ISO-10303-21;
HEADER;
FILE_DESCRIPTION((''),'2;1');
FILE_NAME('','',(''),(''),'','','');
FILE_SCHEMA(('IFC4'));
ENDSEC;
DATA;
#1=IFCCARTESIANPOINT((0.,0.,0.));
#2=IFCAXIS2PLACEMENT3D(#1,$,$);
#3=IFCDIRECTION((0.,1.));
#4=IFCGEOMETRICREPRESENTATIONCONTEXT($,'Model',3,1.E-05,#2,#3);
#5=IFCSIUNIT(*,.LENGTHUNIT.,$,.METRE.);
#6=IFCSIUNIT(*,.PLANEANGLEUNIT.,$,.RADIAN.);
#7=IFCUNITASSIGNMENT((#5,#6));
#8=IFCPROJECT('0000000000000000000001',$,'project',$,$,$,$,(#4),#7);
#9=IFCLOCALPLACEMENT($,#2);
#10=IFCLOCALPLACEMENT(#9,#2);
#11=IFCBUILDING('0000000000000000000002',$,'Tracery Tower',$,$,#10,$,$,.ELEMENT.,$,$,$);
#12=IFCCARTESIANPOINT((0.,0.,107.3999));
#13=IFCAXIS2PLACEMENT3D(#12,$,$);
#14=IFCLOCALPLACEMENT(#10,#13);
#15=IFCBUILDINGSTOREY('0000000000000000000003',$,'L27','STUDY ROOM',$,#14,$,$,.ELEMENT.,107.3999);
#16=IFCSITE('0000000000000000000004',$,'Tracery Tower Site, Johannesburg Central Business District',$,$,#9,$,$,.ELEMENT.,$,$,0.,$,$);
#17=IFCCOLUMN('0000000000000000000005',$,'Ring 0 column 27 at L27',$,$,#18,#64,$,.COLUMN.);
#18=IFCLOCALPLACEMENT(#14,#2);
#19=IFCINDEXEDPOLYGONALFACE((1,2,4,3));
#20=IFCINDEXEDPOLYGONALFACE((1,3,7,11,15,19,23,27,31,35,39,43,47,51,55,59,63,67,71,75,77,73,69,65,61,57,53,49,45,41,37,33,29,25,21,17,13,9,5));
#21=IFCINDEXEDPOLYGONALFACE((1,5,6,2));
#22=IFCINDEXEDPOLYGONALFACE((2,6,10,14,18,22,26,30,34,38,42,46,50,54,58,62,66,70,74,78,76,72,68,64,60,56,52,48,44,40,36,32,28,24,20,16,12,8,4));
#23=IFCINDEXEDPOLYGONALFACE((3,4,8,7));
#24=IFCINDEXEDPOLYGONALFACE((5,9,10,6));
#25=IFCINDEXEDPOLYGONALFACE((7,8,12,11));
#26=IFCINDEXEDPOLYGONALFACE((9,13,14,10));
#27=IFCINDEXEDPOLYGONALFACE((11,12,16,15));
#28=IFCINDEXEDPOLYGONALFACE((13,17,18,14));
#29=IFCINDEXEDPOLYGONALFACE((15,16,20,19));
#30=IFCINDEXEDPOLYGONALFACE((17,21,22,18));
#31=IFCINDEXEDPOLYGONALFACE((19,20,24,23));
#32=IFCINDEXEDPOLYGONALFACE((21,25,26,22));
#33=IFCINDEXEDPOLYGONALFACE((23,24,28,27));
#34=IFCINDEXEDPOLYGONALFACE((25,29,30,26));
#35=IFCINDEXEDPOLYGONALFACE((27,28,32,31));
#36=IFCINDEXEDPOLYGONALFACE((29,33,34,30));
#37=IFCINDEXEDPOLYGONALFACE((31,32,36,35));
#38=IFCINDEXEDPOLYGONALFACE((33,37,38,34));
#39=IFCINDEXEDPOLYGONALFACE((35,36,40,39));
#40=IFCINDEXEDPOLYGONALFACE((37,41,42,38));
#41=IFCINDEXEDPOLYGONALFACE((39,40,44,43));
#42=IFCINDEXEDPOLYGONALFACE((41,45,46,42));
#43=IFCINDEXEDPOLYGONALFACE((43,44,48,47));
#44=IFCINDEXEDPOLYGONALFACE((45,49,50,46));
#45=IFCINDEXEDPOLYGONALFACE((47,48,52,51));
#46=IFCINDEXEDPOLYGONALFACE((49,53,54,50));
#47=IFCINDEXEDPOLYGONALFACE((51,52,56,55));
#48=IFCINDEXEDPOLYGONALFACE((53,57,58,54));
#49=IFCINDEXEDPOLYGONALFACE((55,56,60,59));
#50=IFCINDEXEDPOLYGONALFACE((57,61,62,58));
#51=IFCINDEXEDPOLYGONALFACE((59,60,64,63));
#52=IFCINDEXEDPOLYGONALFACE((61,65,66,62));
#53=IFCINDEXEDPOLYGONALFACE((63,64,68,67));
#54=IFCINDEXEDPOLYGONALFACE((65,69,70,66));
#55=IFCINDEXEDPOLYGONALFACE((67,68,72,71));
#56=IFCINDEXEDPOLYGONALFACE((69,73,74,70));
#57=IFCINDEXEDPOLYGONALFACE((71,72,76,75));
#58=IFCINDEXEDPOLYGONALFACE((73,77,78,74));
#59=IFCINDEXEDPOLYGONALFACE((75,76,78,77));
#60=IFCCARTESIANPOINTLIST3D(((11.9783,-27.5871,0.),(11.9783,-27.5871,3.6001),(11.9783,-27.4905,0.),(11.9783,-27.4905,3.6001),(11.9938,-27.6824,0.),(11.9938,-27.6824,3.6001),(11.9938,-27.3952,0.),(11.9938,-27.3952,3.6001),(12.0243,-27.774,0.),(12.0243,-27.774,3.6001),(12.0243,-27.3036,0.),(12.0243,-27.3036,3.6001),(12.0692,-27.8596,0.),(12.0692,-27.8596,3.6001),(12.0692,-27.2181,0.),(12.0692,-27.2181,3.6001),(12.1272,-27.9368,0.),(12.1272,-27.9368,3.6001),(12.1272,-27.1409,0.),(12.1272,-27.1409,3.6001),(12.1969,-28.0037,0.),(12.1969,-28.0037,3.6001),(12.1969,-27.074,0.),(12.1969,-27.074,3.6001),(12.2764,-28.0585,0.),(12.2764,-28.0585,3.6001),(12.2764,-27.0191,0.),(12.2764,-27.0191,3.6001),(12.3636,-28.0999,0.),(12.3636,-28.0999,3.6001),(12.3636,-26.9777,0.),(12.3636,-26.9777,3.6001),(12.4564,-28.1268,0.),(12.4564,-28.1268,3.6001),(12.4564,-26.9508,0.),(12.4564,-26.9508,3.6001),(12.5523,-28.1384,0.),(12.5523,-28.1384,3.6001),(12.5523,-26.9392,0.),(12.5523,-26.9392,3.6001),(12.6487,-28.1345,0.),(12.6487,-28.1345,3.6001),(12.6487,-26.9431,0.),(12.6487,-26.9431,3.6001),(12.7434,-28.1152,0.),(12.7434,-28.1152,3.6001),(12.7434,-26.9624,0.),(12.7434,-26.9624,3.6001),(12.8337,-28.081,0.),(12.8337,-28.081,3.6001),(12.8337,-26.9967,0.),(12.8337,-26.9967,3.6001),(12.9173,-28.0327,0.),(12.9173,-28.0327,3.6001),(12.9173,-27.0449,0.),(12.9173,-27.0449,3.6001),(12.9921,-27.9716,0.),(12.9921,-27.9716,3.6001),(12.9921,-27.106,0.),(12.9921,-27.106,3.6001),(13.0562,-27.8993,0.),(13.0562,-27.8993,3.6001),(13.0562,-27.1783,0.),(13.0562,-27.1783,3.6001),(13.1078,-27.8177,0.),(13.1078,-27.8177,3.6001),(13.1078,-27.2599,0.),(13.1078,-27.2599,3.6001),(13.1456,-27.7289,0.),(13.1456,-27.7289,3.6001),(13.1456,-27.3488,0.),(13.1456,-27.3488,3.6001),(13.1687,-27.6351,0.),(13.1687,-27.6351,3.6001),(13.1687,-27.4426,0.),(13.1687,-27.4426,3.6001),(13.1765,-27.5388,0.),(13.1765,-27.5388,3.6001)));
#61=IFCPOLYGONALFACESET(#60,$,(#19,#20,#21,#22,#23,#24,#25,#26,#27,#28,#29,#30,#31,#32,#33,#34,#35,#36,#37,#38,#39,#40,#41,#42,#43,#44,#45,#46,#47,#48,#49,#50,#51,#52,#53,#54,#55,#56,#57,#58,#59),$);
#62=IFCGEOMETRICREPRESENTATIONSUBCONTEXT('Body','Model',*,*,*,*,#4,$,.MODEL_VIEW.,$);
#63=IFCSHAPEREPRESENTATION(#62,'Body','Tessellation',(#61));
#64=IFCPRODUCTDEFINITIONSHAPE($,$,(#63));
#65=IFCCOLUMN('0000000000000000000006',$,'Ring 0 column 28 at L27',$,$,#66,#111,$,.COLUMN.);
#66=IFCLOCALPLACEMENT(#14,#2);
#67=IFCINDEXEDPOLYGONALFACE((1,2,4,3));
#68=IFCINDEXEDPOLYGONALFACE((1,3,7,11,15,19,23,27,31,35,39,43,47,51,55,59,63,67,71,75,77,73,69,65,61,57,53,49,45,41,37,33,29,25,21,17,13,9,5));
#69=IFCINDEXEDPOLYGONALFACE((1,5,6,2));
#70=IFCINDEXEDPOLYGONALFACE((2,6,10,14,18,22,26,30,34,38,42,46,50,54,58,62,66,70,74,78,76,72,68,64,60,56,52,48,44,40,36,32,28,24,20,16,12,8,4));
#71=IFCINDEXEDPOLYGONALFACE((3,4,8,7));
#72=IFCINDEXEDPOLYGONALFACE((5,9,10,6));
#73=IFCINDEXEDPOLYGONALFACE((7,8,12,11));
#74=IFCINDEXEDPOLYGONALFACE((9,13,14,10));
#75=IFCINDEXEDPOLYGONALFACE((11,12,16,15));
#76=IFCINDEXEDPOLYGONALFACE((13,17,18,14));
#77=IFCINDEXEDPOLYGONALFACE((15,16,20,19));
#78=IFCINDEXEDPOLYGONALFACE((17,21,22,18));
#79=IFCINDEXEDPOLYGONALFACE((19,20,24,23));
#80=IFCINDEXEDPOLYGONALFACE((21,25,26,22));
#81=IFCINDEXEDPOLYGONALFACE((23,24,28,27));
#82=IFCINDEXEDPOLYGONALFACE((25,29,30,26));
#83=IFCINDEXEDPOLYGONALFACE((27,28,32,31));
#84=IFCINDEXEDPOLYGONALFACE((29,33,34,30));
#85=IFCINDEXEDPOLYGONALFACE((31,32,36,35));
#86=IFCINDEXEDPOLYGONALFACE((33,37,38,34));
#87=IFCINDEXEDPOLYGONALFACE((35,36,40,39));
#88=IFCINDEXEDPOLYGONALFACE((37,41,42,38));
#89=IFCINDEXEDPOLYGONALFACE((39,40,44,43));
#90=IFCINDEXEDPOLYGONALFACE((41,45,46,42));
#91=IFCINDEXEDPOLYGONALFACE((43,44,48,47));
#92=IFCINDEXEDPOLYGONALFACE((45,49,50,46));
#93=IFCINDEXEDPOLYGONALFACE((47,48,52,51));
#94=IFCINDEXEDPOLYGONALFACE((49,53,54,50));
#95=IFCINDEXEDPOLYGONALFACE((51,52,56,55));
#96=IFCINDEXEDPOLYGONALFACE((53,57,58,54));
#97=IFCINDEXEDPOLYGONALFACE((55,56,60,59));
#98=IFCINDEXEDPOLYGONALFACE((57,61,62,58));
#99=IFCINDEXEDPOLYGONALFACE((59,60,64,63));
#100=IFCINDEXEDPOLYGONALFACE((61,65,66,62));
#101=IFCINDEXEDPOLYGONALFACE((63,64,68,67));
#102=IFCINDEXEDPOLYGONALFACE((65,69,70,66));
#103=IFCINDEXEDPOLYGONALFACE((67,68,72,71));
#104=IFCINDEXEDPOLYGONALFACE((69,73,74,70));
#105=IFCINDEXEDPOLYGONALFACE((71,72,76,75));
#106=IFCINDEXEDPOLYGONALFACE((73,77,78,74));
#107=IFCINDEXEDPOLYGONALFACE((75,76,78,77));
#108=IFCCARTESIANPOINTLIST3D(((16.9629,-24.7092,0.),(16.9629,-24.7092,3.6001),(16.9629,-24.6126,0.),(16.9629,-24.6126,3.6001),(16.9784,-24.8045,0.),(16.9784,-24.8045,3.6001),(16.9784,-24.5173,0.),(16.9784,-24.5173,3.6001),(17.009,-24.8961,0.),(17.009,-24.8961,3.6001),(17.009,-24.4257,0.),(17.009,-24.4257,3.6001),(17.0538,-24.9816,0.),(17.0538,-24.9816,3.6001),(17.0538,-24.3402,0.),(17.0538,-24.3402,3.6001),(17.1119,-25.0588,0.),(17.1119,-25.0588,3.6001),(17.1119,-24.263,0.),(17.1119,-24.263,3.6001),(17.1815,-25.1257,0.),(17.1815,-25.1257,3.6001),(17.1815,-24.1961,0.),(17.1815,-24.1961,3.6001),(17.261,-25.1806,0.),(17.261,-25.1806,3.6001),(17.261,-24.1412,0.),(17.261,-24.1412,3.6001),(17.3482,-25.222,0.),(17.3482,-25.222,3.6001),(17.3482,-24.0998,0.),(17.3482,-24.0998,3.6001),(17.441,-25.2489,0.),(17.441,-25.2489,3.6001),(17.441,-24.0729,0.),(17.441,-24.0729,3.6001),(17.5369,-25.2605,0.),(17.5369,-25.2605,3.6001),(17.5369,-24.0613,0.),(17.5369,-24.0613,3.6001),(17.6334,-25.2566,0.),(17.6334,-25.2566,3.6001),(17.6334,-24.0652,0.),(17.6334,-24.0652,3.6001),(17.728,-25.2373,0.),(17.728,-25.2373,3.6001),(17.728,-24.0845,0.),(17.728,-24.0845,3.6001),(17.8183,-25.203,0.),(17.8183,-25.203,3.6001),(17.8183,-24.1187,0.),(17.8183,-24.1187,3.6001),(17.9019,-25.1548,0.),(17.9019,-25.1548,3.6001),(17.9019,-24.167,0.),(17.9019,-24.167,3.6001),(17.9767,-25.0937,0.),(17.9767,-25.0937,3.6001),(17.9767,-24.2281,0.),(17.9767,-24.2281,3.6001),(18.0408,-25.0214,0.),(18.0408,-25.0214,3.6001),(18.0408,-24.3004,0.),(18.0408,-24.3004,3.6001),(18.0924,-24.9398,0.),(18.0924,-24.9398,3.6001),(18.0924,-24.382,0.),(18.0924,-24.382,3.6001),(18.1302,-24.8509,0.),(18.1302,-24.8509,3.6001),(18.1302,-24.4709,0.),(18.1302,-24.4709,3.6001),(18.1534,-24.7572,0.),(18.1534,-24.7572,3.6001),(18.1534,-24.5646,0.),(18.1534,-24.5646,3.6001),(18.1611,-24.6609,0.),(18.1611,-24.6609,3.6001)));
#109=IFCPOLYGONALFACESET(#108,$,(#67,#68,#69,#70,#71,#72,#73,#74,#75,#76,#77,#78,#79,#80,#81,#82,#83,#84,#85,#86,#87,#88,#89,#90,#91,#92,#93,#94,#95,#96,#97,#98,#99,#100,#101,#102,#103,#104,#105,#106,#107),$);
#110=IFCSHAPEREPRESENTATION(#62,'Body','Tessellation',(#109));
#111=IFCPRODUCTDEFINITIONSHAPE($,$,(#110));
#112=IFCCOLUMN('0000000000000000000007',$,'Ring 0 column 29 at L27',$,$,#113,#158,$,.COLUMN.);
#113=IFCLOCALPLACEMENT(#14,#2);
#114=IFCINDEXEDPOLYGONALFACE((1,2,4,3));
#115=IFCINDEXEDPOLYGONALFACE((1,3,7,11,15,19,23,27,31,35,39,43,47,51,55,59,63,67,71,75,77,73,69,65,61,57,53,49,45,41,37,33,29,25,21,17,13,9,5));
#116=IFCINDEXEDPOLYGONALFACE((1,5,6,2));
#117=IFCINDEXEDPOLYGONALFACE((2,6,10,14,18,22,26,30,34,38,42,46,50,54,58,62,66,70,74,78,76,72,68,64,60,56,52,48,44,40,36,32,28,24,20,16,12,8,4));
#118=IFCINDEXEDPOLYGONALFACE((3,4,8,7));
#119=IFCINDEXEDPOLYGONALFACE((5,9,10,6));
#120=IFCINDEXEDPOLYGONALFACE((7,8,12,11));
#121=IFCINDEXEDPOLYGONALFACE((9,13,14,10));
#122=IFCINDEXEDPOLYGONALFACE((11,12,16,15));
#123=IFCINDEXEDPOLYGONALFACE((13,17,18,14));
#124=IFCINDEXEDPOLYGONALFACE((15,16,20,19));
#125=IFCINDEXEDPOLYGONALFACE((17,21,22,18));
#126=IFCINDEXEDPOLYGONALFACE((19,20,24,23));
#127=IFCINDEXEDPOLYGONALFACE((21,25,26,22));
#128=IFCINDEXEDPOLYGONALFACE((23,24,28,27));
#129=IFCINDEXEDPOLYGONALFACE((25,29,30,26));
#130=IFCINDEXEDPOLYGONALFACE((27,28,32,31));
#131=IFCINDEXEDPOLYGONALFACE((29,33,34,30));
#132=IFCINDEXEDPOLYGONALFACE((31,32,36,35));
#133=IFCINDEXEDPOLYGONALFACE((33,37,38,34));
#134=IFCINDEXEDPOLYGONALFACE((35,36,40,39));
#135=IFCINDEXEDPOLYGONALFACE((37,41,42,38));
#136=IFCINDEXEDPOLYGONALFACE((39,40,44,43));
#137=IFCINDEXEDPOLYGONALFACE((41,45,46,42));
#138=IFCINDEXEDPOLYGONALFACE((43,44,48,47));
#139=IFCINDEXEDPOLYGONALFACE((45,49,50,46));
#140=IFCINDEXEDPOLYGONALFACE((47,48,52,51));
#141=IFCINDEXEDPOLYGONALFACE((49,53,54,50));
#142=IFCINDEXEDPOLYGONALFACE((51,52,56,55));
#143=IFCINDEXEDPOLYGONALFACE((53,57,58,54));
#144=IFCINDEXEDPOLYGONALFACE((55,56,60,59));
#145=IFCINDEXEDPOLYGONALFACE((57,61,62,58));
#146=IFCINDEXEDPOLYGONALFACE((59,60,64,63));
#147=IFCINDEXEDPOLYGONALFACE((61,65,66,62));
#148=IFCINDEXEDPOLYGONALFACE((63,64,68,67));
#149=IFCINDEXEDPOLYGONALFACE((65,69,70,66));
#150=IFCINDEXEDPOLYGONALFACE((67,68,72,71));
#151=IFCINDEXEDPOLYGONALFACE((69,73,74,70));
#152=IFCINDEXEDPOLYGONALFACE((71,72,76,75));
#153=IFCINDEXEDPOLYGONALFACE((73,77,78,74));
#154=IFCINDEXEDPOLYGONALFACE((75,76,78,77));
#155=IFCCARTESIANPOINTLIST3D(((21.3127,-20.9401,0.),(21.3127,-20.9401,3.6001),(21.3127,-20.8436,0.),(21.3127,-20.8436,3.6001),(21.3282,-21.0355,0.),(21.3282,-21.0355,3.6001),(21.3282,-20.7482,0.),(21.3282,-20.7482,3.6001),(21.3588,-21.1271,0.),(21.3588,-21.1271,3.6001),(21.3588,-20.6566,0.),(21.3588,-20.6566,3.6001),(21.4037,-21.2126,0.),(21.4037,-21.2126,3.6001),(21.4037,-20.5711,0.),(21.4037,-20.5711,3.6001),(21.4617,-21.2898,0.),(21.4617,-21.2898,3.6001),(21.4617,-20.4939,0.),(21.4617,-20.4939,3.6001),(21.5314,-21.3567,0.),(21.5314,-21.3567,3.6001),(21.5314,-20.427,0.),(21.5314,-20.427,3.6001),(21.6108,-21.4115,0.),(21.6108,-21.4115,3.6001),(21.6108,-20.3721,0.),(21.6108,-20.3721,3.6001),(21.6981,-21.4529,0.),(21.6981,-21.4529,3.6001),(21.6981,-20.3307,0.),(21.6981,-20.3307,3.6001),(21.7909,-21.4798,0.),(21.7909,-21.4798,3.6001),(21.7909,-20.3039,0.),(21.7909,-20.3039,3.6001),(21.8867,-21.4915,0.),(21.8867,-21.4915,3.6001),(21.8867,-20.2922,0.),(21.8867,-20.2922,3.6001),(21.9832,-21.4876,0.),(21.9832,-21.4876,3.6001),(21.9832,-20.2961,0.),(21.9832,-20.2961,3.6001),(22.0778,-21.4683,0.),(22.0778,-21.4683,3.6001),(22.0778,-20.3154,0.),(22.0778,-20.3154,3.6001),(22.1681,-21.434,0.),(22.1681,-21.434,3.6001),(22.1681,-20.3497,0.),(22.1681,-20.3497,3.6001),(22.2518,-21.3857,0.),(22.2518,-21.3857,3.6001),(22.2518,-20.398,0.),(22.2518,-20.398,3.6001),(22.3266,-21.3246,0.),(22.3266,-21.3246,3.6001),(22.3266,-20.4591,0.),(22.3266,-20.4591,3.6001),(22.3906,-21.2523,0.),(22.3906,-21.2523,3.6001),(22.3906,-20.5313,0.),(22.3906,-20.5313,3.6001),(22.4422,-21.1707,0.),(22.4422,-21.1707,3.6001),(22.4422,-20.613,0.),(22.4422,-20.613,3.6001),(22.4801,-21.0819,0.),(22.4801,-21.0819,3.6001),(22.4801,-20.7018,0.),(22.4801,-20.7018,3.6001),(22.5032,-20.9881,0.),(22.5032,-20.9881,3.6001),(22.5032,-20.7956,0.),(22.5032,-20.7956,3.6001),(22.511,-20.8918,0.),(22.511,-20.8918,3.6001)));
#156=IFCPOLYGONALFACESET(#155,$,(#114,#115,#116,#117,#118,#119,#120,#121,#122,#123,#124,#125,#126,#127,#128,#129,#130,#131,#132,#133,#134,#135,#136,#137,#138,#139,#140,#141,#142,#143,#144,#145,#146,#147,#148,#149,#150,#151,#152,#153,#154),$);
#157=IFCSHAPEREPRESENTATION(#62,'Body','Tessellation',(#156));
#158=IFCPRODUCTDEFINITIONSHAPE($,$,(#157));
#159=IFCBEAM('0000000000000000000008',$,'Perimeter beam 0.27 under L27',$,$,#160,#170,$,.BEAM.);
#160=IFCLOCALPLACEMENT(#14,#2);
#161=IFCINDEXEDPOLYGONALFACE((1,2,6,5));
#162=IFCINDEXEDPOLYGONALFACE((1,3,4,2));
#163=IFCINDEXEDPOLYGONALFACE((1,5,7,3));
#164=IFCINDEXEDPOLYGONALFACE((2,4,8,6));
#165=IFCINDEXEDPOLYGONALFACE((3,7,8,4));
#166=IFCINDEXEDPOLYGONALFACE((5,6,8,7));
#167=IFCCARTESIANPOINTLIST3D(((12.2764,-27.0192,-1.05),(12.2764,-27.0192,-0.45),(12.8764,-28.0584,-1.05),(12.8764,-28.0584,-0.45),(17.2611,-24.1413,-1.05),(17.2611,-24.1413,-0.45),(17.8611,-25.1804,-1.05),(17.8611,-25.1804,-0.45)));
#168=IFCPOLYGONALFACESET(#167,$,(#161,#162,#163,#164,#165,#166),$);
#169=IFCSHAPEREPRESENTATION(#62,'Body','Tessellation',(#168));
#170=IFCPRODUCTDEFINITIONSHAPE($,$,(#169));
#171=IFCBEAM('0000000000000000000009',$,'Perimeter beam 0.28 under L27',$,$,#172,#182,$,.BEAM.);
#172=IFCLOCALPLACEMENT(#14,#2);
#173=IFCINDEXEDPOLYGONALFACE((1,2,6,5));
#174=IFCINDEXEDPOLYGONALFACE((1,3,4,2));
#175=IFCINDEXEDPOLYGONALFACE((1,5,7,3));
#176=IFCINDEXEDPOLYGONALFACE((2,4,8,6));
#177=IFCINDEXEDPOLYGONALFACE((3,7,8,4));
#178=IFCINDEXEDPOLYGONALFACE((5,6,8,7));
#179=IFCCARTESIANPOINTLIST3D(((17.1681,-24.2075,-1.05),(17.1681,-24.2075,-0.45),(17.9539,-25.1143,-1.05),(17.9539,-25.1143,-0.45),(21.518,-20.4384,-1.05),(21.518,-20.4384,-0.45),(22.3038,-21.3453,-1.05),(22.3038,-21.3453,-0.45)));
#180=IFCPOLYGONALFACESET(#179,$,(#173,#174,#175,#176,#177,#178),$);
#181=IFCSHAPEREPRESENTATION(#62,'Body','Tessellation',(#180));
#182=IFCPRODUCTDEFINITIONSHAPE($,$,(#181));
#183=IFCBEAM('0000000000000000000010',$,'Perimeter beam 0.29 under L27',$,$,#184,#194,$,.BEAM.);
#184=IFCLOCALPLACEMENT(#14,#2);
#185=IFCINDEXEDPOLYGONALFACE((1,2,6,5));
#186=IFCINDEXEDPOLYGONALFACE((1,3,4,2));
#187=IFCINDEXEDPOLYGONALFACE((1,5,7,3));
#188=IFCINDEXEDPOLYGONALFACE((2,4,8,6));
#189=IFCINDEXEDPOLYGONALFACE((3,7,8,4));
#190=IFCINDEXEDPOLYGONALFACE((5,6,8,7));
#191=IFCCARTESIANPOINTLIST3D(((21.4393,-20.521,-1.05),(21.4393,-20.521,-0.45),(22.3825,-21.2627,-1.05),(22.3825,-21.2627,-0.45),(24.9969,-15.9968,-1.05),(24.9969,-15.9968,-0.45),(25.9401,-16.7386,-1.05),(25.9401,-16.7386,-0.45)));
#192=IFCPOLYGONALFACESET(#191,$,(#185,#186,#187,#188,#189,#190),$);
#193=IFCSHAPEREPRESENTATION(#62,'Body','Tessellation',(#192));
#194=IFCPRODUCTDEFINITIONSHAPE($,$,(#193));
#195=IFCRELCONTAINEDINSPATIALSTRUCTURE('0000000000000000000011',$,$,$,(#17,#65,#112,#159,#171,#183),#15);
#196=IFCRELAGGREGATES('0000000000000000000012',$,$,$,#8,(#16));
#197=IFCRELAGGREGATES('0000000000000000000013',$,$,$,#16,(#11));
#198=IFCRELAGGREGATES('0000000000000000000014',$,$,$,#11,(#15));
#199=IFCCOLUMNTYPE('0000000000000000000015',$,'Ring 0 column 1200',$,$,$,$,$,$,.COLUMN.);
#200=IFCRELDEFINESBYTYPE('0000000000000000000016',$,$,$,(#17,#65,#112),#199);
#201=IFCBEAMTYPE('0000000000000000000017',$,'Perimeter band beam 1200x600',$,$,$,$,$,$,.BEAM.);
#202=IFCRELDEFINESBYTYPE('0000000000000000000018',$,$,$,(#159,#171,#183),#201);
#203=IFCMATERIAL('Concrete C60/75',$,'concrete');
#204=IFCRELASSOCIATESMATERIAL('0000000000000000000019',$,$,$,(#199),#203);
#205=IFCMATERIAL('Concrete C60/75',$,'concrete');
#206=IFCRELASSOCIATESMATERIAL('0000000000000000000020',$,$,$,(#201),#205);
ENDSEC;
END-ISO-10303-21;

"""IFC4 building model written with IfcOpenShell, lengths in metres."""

from ifc_helpers import new_model, si_unit, direction, frame, origin, origin_2d, place, context, subcontext, project, spatial, rectangle, circle, extrude, material, material_profile, profile_set, type_object, element, save


model = new_model("IFC4")

# Units and contexts
model_context = context("Model", 3, precision=1e-05, world=origin(), true_north=direction((0.0, 1.0)))
body_context = subcontext(model_context, "Body", "Model", "MODEL_VIEW")
ifc_project = project(units=[si_unit("LENGTHUNIT", "METRE"), si_unit("PLANEANGLEUNIT", "RADIAN")], contexts=[model_context])

# Site, building, storey
site_placement = place(None, origin())
site = spatial("IfcSite", under=ifc_project, at=site_placement, Name="Tracery Tower Site, Johannesburg Central Business District", CompositionType="ELEMENT", RefElevation=0.0)
building_placement = place(site_placement, origin())
building = spatial("IfcBuilding", under=site, at=building_placement, Name="Tracery Tower", CompositionType="ELEMENT")
storey_placement = place(building_placement, frame((0.0, 0.0, 107.3999)))
storey = spatial("IfcBuildingStorey", under=building, at=storey_placement, Name="L27", Description="STUDY ROOM", CompositionType="ELEMENT", Elevation=107.3999)

# Columns
ifc_material_1 = material(Name="Concrete C60/75", Category="concrete")
ifc_material_profile_1 = material_profile(ifc_material_1, circle(Radius=0.6001, at=origin_2d()), Name="RC D1200")
ifc_profile_set_1 = profile_set([ifc_material_profile_1], Name="Concrete C60/75")
column_type = type_object("IfcColumnType", Name="Ring 0 column 1200", PredefinedType="COLUMN", material=ifc_profile_set_1)
for number, where, z_axis, x_axis, name in (
    (1, (12.5764, -27.5388, 0.0), (0.0, 0.0, 1.0), (1.0, 0.0, 0.0), "Ring 0 column 27 at L27"),
    (2, (17.561, -24.6609, 0.0), (0.0, 0.0, 1.0), (1.0, 0.0, 0.0), "Ring 0 column 28 at L27"),
    (3, (21.9109, -20.8918, 0.0), (0.0, 0.0, 1.0), (1.0, 0.0, 0.0), "Ring 0 column 29 at L27"),
):
    element("IfcColumn", number, at=place(storey_placement, frame(where, z_axis=z_axis, x_axis=x_axis)), inside=storey, type_object=column_type, Name=name, PredefinedType="COLUMN", context=body_context, shape_type="SweptSolid", body=[
        extrude(circle(Radius=0.6001, at=origin_2d()), origin(), (0.0, 0.0, 1.0), 3.6001),
    ])

# Beams
ifc_material_2 = material(Name="Concrete C60/75", Category="concrete")
ifc_material_profile_2 = material_profile(ifc_material_2, rectangle(XDim=1.2, YDim=0.6001, at=origin_2d()), Name="RC 1200x600")
ifc_profile_set_2 = profile_set([ifc_material_profile_2], Name="Concrete C60/75")
beam_type = type_object("IfcBeamType", Name="Perimeter band beam 1200x600", PredefinedType="BEAM", material=ifc_profile_set_2)
beam_1_placement = place(storey_placement, frame((12.5764, -27.5388, -0.75), z_axis=(0.866021, 0.500008, 0.0), x_axis=(-0.500008, 0.866021, 0.0)))
element("IfcBeam", 4, at=beam_1_placement, inside=storey, type_object=beam_type, Name="Perimeter beam 0.27 under L27", PredefinedType="BEAM", context=body_context, shape_type="SweptSolid", body=[
    extrude(rectangle(XDim=1.2, YDim=0.6001, at=origin_2d()), origin(), (0.0, 0.0, 1.0), 5.7559),
])
beam_2_placement = place(storey_placement, frame((17.561, -24.6609, -0.75), z_axis=(0.75576, 0.654848, 0.0), x_axis=(-0.654848, 0.75576, 0.0)))
element("IfcBeam", 5, at=beam_2_placement, inside=storey, type_object=beam_type, Name="Perimeter beam 0.28 under L27", PredefinedType="BEAM", context=body_context, shape_type="SweptSolid", body=[
    extrude(rectangle(XDim=1.2, YDim=0.6001, at=origin_2d()), origin(), (0.0, 0.0, 1.0), 5.7556),
])
beam_3_placement = place(storey_placement, frame((21.9109, -20.8918, -0.75), z_axis=(0.618134, 0.786072, 0.0), x_axis=(-0.786072, 0.618134, 0.0)))
element("IfcBeam", 6, at=beam_3_placement, inside=storey, type_object=beam_type, Name="Perimeter beam 0.29 under L27", PredefinedType="BEAM", context=body_context, shape_type="SweptSolid", body=[
    extrude(rectangle(XDim=1.2, YDim=0.6001, at=origin_2d()), origin(), (0.0, 0.0, 1.0), 5.7554),
])

save(model, "model.ifc")
